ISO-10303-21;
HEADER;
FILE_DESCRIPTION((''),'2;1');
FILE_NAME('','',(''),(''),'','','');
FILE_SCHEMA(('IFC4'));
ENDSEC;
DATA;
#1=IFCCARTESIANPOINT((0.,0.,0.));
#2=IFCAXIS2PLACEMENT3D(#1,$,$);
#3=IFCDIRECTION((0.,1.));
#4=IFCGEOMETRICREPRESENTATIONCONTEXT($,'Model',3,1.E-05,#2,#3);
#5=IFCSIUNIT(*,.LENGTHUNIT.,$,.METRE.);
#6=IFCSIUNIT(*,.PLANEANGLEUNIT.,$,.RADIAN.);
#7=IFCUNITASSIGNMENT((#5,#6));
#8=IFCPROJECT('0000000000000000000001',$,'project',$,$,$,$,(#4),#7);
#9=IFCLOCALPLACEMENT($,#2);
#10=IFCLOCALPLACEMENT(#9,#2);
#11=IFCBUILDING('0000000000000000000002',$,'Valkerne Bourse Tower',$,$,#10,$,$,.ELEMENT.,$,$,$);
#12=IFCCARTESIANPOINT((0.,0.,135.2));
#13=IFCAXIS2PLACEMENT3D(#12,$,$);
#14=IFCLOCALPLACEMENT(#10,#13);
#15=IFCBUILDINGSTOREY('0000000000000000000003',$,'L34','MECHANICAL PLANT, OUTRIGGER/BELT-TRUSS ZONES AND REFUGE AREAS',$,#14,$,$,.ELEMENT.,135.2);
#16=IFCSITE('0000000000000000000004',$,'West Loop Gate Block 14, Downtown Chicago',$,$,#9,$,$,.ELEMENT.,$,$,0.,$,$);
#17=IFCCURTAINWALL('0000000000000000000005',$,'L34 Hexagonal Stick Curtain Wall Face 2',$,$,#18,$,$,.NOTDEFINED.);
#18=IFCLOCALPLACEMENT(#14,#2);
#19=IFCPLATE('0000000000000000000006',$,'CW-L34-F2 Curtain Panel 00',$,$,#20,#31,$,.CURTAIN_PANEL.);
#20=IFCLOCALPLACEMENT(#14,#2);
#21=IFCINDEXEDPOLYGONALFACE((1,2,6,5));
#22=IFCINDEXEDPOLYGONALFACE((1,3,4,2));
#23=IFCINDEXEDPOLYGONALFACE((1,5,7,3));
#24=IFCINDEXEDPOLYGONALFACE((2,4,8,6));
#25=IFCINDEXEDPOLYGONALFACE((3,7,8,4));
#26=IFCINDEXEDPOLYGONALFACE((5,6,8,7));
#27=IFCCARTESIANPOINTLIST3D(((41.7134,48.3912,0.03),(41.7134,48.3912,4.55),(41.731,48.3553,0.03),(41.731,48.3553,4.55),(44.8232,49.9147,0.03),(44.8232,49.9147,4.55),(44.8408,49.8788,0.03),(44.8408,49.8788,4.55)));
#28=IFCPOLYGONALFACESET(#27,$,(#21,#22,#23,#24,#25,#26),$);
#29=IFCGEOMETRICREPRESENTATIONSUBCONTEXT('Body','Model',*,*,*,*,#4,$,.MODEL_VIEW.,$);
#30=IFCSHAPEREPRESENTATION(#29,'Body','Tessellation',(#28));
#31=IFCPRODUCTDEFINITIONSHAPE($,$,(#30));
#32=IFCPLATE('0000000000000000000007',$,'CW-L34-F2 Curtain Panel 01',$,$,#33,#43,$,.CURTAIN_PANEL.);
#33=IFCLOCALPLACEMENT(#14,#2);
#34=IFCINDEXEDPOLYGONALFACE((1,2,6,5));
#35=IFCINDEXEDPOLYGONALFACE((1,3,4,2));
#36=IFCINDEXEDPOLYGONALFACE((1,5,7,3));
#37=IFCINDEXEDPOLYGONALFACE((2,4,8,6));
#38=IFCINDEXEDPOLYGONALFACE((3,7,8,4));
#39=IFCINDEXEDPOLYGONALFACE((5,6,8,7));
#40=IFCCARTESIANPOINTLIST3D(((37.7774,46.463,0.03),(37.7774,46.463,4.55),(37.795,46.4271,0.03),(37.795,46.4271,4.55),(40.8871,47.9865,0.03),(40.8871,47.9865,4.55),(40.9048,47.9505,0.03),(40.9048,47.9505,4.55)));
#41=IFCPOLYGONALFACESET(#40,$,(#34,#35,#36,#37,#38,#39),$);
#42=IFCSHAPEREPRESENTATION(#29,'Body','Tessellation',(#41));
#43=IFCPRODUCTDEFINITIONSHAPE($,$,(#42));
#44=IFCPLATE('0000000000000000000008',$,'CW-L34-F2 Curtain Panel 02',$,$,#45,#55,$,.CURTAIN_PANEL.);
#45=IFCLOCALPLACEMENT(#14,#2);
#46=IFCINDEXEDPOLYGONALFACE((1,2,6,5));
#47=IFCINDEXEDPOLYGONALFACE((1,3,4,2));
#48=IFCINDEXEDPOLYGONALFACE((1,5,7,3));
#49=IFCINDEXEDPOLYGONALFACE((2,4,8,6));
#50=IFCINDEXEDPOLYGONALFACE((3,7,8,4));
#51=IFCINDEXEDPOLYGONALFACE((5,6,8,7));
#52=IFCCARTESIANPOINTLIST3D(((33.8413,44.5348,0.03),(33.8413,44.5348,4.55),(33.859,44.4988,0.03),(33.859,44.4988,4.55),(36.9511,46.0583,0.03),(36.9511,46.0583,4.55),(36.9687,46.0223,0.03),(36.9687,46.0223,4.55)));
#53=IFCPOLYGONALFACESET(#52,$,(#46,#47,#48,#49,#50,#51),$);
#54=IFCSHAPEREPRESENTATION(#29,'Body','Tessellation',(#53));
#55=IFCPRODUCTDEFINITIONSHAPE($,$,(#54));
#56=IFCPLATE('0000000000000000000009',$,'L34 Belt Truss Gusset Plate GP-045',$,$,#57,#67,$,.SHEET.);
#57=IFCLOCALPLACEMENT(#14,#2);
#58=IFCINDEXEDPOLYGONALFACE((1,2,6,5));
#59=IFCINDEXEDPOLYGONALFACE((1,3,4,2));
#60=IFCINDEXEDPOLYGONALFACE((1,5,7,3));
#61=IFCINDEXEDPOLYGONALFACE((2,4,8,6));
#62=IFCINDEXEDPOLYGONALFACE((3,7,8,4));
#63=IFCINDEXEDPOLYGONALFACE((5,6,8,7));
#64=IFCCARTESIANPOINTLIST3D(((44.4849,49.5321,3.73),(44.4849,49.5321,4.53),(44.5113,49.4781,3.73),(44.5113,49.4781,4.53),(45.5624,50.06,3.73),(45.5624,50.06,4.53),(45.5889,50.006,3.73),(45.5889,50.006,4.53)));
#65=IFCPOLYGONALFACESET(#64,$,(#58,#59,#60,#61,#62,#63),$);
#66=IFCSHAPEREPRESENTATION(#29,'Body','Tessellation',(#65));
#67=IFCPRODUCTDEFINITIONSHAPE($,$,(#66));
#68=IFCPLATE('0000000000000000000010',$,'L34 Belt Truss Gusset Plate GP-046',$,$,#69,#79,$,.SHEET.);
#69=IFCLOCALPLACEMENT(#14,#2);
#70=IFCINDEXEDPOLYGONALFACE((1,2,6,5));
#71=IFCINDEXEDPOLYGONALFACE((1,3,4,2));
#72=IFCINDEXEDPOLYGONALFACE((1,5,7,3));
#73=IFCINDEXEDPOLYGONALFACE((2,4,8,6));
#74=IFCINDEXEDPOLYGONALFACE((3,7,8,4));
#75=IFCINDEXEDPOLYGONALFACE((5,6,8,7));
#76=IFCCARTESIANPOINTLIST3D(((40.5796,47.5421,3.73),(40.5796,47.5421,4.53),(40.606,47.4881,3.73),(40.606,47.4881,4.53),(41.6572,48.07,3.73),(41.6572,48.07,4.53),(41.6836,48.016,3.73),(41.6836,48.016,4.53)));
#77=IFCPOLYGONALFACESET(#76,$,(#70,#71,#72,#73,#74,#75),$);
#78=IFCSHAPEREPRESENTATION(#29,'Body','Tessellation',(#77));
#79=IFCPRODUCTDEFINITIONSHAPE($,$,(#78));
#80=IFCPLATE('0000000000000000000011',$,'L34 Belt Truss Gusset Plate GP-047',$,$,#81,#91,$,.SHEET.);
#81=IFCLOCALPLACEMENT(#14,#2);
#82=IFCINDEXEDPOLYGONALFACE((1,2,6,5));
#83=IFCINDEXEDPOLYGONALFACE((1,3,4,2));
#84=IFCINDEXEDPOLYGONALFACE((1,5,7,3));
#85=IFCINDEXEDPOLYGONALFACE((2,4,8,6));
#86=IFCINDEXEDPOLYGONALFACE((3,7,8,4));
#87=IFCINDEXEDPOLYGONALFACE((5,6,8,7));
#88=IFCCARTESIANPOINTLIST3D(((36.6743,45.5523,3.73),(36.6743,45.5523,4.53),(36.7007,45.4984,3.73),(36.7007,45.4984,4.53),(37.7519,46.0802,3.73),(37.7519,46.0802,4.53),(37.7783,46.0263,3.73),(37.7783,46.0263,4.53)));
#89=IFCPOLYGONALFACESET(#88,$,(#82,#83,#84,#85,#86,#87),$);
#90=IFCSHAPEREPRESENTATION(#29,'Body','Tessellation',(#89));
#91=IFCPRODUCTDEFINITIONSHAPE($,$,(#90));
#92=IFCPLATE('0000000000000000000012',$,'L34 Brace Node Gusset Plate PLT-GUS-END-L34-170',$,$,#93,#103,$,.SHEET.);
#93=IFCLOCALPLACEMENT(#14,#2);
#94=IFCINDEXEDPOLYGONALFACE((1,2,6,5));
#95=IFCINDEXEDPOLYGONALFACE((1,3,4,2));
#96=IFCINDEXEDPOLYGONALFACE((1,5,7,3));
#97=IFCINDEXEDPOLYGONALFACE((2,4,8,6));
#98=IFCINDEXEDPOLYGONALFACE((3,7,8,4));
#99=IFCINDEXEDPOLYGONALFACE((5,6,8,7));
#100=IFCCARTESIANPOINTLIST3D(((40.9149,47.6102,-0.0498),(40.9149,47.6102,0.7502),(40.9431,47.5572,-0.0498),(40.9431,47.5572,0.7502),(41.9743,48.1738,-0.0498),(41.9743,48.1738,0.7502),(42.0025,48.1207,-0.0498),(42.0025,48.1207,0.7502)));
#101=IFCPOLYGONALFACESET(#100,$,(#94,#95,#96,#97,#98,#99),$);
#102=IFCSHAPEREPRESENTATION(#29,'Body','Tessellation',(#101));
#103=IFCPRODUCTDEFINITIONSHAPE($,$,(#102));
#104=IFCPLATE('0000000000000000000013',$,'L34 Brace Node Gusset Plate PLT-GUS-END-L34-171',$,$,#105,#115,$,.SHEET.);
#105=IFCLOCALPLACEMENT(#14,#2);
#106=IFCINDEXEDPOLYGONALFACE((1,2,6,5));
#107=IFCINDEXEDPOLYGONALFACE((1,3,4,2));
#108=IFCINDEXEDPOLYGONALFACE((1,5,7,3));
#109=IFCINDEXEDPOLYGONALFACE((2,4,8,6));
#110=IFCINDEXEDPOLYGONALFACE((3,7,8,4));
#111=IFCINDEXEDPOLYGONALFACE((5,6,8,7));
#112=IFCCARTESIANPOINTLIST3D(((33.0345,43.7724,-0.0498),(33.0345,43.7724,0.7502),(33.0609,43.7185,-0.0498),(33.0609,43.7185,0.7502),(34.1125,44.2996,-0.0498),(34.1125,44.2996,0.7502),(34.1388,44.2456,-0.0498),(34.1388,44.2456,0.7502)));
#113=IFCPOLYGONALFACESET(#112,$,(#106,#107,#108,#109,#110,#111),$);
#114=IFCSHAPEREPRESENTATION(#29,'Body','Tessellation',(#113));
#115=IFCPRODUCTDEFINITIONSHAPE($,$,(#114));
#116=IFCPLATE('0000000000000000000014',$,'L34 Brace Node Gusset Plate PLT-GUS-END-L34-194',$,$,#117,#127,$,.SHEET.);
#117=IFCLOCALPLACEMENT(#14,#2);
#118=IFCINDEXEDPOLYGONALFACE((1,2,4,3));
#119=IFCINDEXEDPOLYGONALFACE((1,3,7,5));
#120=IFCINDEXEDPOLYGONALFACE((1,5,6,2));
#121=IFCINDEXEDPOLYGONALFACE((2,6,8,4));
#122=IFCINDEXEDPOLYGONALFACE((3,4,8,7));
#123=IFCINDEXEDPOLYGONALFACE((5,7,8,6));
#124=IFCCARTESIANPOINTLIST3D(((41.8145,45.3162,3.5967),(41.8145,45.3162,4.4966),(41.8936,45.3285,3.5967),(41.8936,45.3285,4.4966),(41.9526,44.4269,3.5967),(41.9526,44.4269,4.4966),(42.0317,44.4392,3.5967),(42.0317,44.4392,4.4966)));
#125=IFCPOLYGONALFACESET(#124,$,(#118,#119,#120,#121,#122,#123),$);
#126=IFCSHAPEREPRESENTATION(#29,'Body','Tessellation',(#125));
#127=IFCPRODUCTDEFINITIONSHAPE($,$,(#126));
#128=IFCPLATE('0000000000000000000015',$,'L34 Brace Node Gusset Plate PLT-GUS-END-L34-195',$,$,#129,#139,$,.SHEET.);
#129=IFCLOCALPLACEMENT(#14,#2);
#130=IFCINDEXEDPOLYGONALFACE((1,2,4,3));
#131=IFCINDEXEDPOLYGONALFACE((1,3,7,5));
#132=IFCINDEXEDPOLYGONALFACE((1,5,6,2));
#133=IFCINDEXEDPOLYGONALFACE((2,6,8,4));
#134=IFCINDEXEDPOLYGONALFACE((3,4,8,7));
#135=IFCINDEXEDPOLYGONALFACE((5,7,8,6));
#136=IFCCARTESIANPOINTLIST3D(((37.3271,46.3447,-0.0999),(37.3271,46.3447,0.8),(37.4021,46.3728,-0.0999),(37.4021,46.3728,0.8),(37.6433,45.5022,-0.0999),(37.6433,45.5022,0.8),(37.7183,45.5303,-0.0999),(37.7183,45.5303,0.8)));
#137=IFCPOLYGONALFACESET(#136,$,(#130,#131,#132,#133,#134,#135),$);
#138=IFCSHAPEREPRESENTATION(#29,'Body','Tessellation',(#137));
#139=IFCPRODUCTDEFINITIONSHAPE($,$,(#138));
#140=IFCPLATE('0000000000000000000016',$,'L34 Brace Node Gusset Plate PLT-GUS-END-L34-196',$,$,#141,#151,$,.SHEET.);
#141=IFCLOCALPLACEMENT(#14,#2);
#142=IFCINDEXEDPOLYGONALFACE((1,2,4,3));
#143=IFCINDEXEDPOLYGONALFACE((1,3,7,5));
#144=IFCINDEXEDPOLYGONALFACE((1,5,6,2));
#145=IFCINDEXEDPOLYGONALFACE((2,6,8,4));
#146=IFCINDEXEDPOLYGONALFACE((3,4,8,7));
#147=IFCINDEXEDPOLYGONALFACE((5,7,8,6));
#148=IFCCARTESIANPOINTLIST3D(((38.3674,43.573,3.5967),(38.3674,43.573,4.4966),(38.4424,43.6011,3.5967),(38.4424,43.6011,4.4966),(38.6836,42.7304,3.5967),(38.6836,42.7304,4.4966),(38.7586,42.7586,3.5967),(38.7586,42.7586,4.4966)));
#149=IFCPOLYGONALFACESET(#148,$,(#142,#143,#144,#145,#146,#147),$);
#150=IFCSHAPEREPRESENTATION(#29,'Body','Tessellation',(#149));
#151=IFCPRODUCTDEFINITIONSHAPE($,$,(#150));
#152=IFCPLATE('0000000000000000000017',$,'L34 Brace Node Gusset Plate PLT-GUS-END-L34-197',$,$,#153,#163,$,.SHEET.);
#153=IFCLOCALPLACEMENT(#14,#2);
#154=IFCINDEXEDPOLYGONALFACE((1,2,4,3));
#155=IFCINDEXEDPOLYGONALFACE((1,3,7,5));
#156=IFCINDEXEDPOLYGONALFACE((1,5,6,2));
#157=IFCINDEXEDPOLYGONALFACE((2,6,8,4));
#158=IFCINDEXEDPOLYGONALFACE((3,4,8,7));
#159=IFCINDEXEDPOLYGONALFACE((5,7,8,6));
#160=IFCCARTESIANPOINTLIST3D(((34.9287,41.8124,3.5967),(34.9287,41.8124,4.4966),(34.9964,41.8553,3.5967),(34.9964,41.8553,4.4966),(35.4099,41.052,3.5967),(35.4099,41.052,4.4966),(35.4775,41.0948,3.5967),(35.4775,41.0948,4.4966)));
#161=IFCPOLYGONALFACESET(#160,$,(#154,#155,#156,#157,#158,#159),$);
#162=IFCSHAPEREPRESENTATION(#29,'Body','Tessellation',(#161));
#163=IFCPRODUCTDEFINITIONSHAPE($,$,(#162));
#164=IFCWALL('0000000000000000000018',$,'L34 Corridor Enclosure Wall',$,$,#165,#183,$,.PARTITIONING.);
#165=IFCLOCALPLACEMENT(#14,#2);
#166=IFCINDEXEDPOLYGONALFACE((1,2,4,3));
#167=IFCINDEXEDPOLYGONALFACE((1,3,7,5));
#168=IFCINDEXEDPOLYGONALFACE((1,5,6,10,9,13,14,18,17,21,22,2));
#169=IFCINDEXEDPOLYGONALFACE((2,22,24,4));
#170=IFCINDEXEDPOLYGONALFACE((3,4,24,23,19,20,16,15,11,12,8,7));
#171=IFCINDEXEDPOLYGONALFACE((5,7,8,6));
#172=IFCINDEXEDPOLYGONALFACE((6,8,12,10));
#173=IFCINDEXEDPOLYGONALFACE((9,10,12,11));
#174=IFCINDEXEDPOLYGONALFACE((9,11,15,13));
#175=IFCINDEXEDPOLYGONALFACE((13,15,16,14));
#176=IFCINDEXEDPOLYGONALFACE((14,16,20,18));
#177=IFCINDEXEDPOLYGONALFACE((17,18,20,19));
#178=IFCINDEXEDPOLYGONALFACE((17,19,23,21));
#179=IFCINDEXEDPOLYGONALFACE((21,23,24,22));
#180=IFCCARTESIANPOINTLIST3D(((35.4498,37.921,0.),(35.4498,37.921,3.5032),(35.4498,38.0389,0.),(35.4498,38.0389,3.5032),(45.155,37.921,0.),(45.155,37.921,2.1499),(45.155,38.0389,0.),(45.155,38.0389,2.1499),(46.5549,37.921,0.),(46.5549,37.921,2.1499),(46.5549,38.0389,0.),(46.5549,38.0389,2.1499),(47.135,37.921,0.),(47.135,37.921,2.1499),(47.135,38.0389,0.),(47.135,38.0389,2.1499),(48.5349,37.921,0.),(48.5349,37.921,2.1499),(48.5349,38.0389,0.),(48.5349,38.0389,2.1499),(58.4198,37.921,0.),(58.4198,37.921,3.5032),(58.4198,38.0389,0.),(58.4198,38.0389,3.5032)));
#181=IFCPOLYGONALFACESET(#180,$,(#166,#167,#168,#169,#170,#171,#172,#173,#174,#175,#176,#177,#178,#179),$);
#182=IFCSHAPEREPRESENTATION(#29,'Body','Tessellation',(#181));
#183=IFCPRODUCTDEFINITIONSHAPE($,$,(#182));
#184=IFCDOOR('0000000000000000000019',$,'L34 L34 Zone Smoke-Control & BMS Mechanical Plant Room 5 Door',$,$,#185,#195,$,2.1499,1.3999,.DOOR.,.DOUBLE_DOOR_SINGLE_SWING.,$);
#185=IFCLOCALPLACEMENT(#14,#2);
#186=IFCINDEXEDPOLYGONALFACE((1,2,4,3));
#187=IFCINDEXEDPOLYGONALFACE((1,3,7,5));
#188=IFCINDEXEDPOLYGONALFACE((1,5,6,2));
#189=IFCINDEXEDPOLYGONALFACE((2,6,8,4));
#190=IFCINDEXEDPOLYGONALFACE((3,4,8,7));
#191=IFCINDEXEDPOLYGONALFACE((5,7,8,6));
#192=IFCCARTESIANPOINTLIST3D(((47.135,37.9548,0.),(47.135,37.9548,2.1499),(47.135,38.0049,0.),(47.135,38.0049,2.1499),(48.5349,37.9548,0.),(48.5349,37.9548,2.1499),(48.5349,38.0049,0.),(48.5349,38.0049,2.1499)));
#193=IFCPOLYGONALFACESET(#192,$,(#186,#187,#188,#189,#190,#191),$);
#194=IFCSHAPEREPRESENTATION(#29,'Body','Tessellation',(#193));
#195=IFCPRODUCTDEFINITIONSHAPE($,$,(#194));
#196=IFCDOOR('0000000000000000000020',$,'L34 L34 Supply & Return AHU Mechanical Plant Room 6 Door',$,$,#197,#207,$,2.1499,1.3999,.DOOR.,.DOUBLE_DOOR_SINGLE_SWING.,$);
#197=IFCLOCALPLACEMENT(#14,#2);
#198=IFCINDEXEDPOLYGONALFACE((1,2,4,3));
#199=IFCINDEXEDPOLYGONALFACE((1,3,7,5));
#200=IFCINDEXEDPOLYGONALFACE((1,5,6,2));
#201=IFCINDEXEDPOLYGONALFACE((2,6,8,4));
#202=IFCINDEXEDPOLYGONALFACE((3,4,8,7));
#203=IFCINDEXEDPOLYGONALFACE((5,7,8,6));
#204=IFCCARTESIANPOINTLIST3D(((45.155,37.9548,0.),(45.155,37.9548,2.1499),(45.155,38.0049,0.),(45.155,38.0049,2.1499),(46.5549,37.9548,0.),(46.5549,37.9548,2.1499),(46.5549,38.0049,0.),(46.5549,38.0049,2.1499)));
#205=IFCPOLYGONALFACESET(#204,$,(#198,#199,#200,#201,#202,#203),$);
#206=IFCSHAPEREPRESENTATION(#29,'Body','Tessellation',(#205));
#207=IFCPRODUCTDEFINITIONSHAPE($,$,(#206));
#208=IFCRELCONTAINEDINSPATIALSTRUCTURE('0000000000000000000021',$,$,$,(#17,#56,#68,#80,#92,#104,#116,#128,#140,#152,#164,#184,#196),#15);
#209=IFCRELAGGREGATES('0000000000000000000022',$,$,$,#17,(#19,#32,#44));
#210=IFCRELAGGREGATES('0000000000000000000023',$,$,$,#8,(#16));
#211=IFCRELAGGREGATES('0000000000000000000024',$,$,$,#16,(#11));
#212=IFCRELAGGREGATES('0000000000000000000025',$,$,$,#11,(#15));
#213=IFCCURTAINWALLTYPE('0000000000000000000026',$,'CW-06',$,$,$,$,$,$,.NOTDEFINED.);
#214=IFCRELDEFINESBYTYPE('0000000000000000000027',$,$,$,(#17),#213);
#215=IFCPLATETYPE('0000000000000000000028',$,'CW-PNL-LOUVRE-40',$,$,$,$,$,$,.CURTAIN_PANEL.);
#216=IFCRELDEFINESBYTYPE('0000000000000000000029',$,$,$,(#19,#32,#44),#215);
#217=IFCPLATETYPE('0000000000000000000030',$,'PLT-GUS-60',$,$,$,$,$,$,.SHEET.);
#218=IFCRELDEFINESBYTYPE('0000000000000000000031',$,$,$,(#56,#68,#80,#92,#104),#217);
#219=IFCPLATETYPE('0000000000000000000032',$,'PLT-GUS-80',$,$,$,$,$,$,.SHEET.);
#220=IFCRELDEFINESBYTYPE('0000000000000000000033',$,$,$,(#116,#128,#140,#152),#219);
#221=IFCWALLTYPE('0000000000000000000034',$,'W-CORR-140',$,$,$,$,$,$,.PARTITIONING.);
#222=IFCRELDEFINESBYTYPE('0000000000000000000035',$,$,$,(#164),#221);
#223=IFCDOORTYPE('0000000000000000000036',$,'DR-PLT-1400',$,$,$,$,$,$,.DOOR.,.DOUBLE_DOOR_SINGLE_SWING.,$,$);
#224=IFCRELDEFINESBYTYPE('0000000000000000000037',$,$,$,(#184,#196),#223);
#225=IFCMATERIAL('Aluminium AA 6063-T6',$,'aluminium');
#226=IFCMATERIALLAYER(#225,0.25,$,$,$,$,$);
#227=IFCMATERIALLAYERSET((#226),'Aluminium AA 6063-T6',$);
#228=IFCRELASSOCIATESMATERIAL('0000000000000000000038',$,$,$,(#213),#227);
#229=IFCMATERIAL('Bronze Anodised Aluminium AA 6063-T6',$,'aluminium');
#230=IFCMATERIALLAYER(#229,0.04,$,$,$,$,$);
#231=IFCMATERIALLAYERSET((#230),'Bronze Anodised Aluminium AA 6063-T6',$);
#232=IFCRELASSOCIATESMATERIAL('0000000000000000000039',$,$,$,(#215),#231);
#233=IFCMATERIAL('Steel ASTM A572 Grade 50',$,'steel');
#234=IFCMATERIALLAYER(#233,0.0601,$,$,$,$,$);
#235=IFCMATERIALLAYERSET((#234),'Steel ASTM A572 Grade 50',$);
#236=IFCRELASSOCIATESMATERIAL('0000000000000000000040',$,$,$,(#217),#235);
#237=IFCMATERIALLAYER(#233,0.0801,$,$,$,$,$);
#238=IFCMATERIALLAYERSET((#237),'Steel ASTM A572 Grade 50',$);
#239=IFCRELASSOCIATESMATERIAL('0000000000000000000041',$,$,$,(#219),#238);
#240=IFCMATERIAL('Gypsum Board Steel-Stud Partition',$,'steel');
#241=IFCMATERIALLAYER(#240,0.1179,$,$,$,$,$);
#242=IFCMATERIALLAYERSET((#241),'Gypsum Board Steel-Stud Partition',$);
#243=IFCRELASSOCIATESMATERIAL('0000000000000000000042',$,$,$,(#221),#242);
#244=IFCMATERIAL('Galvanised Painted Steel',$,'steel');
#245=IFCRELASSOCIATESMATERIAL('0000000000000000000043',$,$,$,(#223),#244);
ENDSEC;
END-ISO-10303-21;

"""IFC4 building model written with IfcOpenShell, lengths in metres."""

from ifc_helpers import new_model, si_unit, direction, frame, frame_2d, origin, origin_2d, place, context, subcontext, project, spatial, rectangle, extrude, material, layer, layer_set, type_object, element, fill, aggregate, save


model = new_model("IFC4")

# Units and contexts
model_context = context("Model", 3, precision=1e-05, world=origin(), true_north=direction((0.0, 1.0)))
body_context = subcontext(model_context, "Body", "Model", "MODEL_VIEW")
ifc_project = project(units=[si_unit("LENGTHUNIT", "METRE"), si_unit("PLANEANGLEUNIT", "RADIAN")], contexts=[model_context])

# Site, building, storey
site_placement = place(None, origin())
site = spatial("IfcSite", under=ifc_project, at=site_placement, Name="West Loop Gate Block 14, Downtown Chicago", CompositionType="ELEMENT", RefElevation=0.0)
building_placement = place(site_placement, origin())
building = spatial("IfcBuilding", under=site, at=building_placement, Name="Valkerne Bourse Tower", CompositionType="ELEMENT")
storey_placement = place(building_placement, frame((0.0, 0.0, 135.2)))
storey = spatial("IfcBuildingStorey", under=building, at=storey_placement, Name="L34", Description="MECHANICAL PLANT, OUTRIGGER/BELT-TRUSS ZONES AND REFUGE AREAS", CompositionType="ELEMENT", Elevation=135.2)

# Curtain wall
ifc_material_1 = material(Name="Aluminium AA 6063-T6", Category="aluminium")
ifc_layer_1 = layer(ifc_material_1, 0.25)
ifc_layer_set_1 = layer_set([ifc_layer_1], Name="Aluminium AA 6063-T6")
curtain_wall_type = type_object("IfcCurtainWallType", Name="CW-06", PredefinedType="NOTDEFINED", material=ifc_layer_set_1)
curtain_wall_placement = place(storey_placement, origin())
curtain_wall = element("IfcCurtainWall", 1, at=curtain_wall_placement, inside=storey, type_object=curtain_wall_type, Name="L34 Hexagonal Stick Curtain Wall Face 2", PredefinedType="NOTDEFINED")

# Plates
ifc_material_2 = material(Name="Bronze Anodised Aluminium AA 6063-T6", Category="aluminium")
ifc_layer_2 = layer(ifc_material_2, 0.04)
ifc_layer_set_2 = layer_set([ifc_layer_2], Name="Bronze Anodised Aluminium AA 6063-T6")
plate_type_1 = type_object("IfcPlateType", Name="CW-PNL-LOUVRE-40", PredefinedType="CURTAIN_PANEL", material=ifc_layer_set_2)
plate_1_placement = place(storey_placement, frame((43.2771, 49.135, 0.03), z_axis=(0.0, 0.0, 1.0), x_axis=(-0.898025, -0.439944, 0.0)))
plate_1 = element("IfcPlate", 2, at=plate_1_placement, type_object=plate_type_1, Name="CW-L34-F2 Curtain Panel 00", PredefinedType="CURTAIN_PANEL", context=body_context, shape_type="SweptSolid", body=[
    extrude(rectangle(XDim=3.4629, YDim=0.04, at=origin_2d()), origin(), (0.0, 0.0, 1.0), 4.52),
])
plate_2_placement = place(storey_placement, frame((39.3411, 47.2068, 0.03), z_axis=(0.0, 0.0, 1.0), x_axis=(-0.89803, -0.439934, 0.0)))
plate_2 = element("IfcPlate", 3, at=plate_2_placement, type_object=plate_type_1, Name="CW-L34-F2 Curtain Panel 01", PredefinedType="CURTAIN_PANEL", context=body_context, shape_type="SweptSolid", body=[
    extrude(rectangle(XDim=3.4629, YDim=0.04, at=origin_2d()), origin(), (0.0, 0.0, 1.0), 4.52),
])
plate_3_placement = place(storey_placement, frame((35.405, 45.2786, 0.03), z_axis=(0.0, 0.0, 1.0), x_axis=(-0.898025, -0.439944, 0.0)))
plate_3 = element("IfcPlate", 4, at=plate_3_placement, type_object=plate_type_1, Name="CW-L34-F2 Curtain Panel 02", PredefinedType="CURTAIN_PANEL", context=body_context, shape_type="SweptSolid", body=[
    extrude(rectangle(XDim=3.4629, YDim=0.04, at=origin_2d()), origin(), (0.0, 0.0, 1.0), 4.52),
])
aggregate(curtain_wall, [plate_1, plate_2, plate_3])

# Plates
ifc_material_3 = material(Name="Steel ASTM A572 Grade 50", Category="steel")
ifc_layer_3 = layer(ifc_material_3, 0.0601)
ifc_layer_set_3 = layer_set([ifc_layer_3], Name="Steel ASTM A572 Grade 50")
plate_type_2 = type_object("IfcPlateType", Name="PLT-GUS-60", PredefinedType="SHEET", material=ifc_layer_set_3)
for number, where, z_axis, x_axis, name in (
    (5, (45.0369, 49.769, 3.73), (0.0, 0.0, 1.0), (-0.898028, -0.439939, 0.0), "L34 Belt Truss Gusset Plate GP-045"),
    (6, (41.1316, 47.7791, 3.73), (0.0, 0.0, 1.0), (-0.898028, -0.439939, 0.0), "L34 Belt Truss Gusset Plate GP-046"),
    (7, (37.2263, 45.7893, 3.73), (0.0, 0.0, 1.0), (-0.898028, -0.439939, 0.0), "L34 Belt Truss Gusset Plate GP-047"),
    (8, (41.4587, 47.8655, -0.0498), (0.0, 0.0, 1.0), (0.882866, 0.469626, 0.0), "L34 Brace Node Gusset Plate PLT-GUS-END-L34-170"),
    (9, (33.5867, 44.009, -0.0498), (0.0, 0.0, 1.0), (0.898334, 0.439312, 0.0), "L34 Brace Node Gusset Plate PLT-GUS-END-L34-171"),
):
    element("IfcPlate", number, at=place(storey_placement, frame(where, z_axis=z_axis, x_axis=x_axis)), inside=storey, type_object=plate_type_2, Name=name, PredefinedType="SHEET", context=body_context, shape_type="SweptSolid", body=[
        extrude(rectangle(XDim=1.2, YDim=0.0601, at=origin_2d()), origin(), (0.0, 0.0, 1.0), 0.8),
    ])
ifc_layer_4 = layer(ifc_material_3, 0.0801)
ifc_layer_set_4 = layer_set([ifc_layer_4], Name="Steel ASTM A572 Grade 50")
plate_type_3 = type_object("IfcPlateType", Name="PLT-GUS-80", PredefinedType="SHEET", material=ifc_layer_set_4)
for number, where, z_axis, x_axis, name in (
    (10, (41.9231, 44.8777, 3.5967), (0.0, 0.0, 1.0), (0.153503, -0.988148, 0.0), "L34 Brace Node Gusset Plate PLT-GUS-END-L34-194"),
    (11, (37.5227, 45.9375, -0.0999), (0.0, 0.0, 1.0), (0.351351, -0.936244, 0.0), "L34 Brace Node Gusset Plate PLT-GUS-END-L34-195"),
    (12, (38.563, 43.1658, 3.5967), (0.0, 0.0, 1.0), (0.351351, -0.936244, 0.0), "L34 Brace Node Gusset Plate PLT-GUS-END-L34-196"),
    (13, (35.2031, 41.4536, 3.5967), (0.0, 0.0, 1.0), (0.534647, -0.845075, 0.0), "L34 Brace Node Gusset Plate PLT-GUS-END-L34-197"),
):
    element("IfcPlate", number, at=place(storey_placement, frame(where, z_axis=z_axis, x_axis=x_axis)), inside=storey, type_object=plate_type_3, Name=name, PredefinedType="SHEET", context=body_context, shape_type="SweptSolid", body=[
        extrude(rectangle(XDim=0.8999, YDim=0.0801, at=origin_2d()), origin(), (0.0, 0.0, 1.0), 0.8999),
    ])

# Wall, openings, doors
ifc_material_4 = material(Name="Gypsum Board Steel-Stud Partition", Category="steel")
ifc_layer_5 = layer(ifc_material_4, 0.1179)
ifc_layer_set_5 = layer_set([ifc_layer_5], Name="Gypsum Board Steel-Stud Partition")
wall_type_1 = type_object("IfcWallType", Name="W-CORR-140", PredefinedType="PARTITIONING", material=ifc_layer_set_5)
wall_1_placement = place(storey_placement, frame((35.45, 37.98, 0.0), z_axis=(0.0, 0.0, 1.0), x_axis=(1.0, 0.0, 0.0)))
wall_1 = element("IfcWall", 14, at=wall_1_placement, inside=storey, type_object=wall_type_1, Name="L34 Corridor Enclosure Wall", PredefinedType="PARTITIONING", context=body_context, shape_type="SweptSolid", body=[
    extrude(rectangle(XDim=22.97, YDim=0.1179, at=frame_2d((11.4849, 0.0))), origin(), (0.0, 0.0, 1.0), 3.5032),
])
opening_1_placement = place(wall_1_placement, frame((11.6851, 0.0, 0.0)))
opening_1 = element("IfcOpeningElement", 15, at=opening_1_placement, cuts=wall_1, PredefinedType="OPENING", context=body_context, shape_type="SweptSolid", body=[
    extrude(rectangle(XDim=1.3999, YDim=2.1499, at=frame_2d((0.7, 1.075))), frame((0.0, 0.0688, 0.0), z_axis=(0.0, -1.0, 0.0), x_axis=(1.0, 0.0, 0.0)), (0.0, 0.0, 1.0), 0.1379),
])
opening_2_placement = place(wall_1_placement, frame((9.7051, 0.0, 0.0)))
opening_2 = element("IfcOpeningElement", 16, at=opening_2_placement, cuts=wall_1, PredefinedType="OPENING", context=body_context, shape_type="SweptSolid", body=[
    extrude(rectangle(XDim=1.3999, YDim=2.1499, at=frame_2d((0.7, 1.075))), frame((0.0, 0.0688, 0.0), z_axis=(0.0, -1.0, 0.0), x_axis=(1.0, 0.0, 0.0)), (0.0, 0.0, 1.0), 0.1379),
])
ifc_material_5 = material(Name="Galvanised Painted Steel", Category="steel")
door_type = type_object("IfcDoorType", Name="DR-PLT-1400", OperationType="DOUBLE_DOOR_SINGLE_SWING", PredefinedType="DOOR", material=ifc_material_5)
door_1_placement = place(opening_1_placement, origin())
door_1 = element("IfcDoor", 17, at=door_1_placement, inside=storey, type_object=door_type, Name="L34 L34 Zone Smoke-Control & BMS Mechanical Plant Room 5 Door", OperationType="DOUBLE_DOOR_SINGLE_SWING", OverallHeight=2.1499, OverallWidth=1.3999, PredefinedType="DOOR", context=body_context, shape_type="SweptSolid", body=[
    extrude(rectangle(XDim=1.3999, YDim=2.1499, at=frame_2d((0.7, 1.075))), frame((0.0, 0.0249, 0.0), z_axis=(0.0, -1.0, 0.0), x_axis=(1.0, 0.0, 0.0)), (0.0, 0.0, 1.0), 0.05),
])
fill(opening_1, door_1)
door_2_placement = place(opening_2_placement, origin())
door_2 = element("IfcDoor", 18, at=door_2_placement, inside=storey, type_object=door_type, Name="L34 L34 Supply & Return AHU Mechanical Plant Room 6 Door", OperationType="DOUBLE_DOOR_SINGLE_SWING", OverallHeight=2.1499, OverallWidth=1.3999, PredefinedType="DOOR", context=body_context, shape_type="SweptSolid", body=[
    extrude(rectangle(XDim=1.3999, YDim=2.1499, at=frame_2d((0.7, 1.075))), frame((0.0, 0.0249, 0.0), z_axis=(0.0, -1.0, 0.0), x_axis=(1.0, 0.0, 0.0)), (0.0, 0.0, 1.0), 0.05),
])
fill(opening_2, door_2)

save(model, "model.ifc")
